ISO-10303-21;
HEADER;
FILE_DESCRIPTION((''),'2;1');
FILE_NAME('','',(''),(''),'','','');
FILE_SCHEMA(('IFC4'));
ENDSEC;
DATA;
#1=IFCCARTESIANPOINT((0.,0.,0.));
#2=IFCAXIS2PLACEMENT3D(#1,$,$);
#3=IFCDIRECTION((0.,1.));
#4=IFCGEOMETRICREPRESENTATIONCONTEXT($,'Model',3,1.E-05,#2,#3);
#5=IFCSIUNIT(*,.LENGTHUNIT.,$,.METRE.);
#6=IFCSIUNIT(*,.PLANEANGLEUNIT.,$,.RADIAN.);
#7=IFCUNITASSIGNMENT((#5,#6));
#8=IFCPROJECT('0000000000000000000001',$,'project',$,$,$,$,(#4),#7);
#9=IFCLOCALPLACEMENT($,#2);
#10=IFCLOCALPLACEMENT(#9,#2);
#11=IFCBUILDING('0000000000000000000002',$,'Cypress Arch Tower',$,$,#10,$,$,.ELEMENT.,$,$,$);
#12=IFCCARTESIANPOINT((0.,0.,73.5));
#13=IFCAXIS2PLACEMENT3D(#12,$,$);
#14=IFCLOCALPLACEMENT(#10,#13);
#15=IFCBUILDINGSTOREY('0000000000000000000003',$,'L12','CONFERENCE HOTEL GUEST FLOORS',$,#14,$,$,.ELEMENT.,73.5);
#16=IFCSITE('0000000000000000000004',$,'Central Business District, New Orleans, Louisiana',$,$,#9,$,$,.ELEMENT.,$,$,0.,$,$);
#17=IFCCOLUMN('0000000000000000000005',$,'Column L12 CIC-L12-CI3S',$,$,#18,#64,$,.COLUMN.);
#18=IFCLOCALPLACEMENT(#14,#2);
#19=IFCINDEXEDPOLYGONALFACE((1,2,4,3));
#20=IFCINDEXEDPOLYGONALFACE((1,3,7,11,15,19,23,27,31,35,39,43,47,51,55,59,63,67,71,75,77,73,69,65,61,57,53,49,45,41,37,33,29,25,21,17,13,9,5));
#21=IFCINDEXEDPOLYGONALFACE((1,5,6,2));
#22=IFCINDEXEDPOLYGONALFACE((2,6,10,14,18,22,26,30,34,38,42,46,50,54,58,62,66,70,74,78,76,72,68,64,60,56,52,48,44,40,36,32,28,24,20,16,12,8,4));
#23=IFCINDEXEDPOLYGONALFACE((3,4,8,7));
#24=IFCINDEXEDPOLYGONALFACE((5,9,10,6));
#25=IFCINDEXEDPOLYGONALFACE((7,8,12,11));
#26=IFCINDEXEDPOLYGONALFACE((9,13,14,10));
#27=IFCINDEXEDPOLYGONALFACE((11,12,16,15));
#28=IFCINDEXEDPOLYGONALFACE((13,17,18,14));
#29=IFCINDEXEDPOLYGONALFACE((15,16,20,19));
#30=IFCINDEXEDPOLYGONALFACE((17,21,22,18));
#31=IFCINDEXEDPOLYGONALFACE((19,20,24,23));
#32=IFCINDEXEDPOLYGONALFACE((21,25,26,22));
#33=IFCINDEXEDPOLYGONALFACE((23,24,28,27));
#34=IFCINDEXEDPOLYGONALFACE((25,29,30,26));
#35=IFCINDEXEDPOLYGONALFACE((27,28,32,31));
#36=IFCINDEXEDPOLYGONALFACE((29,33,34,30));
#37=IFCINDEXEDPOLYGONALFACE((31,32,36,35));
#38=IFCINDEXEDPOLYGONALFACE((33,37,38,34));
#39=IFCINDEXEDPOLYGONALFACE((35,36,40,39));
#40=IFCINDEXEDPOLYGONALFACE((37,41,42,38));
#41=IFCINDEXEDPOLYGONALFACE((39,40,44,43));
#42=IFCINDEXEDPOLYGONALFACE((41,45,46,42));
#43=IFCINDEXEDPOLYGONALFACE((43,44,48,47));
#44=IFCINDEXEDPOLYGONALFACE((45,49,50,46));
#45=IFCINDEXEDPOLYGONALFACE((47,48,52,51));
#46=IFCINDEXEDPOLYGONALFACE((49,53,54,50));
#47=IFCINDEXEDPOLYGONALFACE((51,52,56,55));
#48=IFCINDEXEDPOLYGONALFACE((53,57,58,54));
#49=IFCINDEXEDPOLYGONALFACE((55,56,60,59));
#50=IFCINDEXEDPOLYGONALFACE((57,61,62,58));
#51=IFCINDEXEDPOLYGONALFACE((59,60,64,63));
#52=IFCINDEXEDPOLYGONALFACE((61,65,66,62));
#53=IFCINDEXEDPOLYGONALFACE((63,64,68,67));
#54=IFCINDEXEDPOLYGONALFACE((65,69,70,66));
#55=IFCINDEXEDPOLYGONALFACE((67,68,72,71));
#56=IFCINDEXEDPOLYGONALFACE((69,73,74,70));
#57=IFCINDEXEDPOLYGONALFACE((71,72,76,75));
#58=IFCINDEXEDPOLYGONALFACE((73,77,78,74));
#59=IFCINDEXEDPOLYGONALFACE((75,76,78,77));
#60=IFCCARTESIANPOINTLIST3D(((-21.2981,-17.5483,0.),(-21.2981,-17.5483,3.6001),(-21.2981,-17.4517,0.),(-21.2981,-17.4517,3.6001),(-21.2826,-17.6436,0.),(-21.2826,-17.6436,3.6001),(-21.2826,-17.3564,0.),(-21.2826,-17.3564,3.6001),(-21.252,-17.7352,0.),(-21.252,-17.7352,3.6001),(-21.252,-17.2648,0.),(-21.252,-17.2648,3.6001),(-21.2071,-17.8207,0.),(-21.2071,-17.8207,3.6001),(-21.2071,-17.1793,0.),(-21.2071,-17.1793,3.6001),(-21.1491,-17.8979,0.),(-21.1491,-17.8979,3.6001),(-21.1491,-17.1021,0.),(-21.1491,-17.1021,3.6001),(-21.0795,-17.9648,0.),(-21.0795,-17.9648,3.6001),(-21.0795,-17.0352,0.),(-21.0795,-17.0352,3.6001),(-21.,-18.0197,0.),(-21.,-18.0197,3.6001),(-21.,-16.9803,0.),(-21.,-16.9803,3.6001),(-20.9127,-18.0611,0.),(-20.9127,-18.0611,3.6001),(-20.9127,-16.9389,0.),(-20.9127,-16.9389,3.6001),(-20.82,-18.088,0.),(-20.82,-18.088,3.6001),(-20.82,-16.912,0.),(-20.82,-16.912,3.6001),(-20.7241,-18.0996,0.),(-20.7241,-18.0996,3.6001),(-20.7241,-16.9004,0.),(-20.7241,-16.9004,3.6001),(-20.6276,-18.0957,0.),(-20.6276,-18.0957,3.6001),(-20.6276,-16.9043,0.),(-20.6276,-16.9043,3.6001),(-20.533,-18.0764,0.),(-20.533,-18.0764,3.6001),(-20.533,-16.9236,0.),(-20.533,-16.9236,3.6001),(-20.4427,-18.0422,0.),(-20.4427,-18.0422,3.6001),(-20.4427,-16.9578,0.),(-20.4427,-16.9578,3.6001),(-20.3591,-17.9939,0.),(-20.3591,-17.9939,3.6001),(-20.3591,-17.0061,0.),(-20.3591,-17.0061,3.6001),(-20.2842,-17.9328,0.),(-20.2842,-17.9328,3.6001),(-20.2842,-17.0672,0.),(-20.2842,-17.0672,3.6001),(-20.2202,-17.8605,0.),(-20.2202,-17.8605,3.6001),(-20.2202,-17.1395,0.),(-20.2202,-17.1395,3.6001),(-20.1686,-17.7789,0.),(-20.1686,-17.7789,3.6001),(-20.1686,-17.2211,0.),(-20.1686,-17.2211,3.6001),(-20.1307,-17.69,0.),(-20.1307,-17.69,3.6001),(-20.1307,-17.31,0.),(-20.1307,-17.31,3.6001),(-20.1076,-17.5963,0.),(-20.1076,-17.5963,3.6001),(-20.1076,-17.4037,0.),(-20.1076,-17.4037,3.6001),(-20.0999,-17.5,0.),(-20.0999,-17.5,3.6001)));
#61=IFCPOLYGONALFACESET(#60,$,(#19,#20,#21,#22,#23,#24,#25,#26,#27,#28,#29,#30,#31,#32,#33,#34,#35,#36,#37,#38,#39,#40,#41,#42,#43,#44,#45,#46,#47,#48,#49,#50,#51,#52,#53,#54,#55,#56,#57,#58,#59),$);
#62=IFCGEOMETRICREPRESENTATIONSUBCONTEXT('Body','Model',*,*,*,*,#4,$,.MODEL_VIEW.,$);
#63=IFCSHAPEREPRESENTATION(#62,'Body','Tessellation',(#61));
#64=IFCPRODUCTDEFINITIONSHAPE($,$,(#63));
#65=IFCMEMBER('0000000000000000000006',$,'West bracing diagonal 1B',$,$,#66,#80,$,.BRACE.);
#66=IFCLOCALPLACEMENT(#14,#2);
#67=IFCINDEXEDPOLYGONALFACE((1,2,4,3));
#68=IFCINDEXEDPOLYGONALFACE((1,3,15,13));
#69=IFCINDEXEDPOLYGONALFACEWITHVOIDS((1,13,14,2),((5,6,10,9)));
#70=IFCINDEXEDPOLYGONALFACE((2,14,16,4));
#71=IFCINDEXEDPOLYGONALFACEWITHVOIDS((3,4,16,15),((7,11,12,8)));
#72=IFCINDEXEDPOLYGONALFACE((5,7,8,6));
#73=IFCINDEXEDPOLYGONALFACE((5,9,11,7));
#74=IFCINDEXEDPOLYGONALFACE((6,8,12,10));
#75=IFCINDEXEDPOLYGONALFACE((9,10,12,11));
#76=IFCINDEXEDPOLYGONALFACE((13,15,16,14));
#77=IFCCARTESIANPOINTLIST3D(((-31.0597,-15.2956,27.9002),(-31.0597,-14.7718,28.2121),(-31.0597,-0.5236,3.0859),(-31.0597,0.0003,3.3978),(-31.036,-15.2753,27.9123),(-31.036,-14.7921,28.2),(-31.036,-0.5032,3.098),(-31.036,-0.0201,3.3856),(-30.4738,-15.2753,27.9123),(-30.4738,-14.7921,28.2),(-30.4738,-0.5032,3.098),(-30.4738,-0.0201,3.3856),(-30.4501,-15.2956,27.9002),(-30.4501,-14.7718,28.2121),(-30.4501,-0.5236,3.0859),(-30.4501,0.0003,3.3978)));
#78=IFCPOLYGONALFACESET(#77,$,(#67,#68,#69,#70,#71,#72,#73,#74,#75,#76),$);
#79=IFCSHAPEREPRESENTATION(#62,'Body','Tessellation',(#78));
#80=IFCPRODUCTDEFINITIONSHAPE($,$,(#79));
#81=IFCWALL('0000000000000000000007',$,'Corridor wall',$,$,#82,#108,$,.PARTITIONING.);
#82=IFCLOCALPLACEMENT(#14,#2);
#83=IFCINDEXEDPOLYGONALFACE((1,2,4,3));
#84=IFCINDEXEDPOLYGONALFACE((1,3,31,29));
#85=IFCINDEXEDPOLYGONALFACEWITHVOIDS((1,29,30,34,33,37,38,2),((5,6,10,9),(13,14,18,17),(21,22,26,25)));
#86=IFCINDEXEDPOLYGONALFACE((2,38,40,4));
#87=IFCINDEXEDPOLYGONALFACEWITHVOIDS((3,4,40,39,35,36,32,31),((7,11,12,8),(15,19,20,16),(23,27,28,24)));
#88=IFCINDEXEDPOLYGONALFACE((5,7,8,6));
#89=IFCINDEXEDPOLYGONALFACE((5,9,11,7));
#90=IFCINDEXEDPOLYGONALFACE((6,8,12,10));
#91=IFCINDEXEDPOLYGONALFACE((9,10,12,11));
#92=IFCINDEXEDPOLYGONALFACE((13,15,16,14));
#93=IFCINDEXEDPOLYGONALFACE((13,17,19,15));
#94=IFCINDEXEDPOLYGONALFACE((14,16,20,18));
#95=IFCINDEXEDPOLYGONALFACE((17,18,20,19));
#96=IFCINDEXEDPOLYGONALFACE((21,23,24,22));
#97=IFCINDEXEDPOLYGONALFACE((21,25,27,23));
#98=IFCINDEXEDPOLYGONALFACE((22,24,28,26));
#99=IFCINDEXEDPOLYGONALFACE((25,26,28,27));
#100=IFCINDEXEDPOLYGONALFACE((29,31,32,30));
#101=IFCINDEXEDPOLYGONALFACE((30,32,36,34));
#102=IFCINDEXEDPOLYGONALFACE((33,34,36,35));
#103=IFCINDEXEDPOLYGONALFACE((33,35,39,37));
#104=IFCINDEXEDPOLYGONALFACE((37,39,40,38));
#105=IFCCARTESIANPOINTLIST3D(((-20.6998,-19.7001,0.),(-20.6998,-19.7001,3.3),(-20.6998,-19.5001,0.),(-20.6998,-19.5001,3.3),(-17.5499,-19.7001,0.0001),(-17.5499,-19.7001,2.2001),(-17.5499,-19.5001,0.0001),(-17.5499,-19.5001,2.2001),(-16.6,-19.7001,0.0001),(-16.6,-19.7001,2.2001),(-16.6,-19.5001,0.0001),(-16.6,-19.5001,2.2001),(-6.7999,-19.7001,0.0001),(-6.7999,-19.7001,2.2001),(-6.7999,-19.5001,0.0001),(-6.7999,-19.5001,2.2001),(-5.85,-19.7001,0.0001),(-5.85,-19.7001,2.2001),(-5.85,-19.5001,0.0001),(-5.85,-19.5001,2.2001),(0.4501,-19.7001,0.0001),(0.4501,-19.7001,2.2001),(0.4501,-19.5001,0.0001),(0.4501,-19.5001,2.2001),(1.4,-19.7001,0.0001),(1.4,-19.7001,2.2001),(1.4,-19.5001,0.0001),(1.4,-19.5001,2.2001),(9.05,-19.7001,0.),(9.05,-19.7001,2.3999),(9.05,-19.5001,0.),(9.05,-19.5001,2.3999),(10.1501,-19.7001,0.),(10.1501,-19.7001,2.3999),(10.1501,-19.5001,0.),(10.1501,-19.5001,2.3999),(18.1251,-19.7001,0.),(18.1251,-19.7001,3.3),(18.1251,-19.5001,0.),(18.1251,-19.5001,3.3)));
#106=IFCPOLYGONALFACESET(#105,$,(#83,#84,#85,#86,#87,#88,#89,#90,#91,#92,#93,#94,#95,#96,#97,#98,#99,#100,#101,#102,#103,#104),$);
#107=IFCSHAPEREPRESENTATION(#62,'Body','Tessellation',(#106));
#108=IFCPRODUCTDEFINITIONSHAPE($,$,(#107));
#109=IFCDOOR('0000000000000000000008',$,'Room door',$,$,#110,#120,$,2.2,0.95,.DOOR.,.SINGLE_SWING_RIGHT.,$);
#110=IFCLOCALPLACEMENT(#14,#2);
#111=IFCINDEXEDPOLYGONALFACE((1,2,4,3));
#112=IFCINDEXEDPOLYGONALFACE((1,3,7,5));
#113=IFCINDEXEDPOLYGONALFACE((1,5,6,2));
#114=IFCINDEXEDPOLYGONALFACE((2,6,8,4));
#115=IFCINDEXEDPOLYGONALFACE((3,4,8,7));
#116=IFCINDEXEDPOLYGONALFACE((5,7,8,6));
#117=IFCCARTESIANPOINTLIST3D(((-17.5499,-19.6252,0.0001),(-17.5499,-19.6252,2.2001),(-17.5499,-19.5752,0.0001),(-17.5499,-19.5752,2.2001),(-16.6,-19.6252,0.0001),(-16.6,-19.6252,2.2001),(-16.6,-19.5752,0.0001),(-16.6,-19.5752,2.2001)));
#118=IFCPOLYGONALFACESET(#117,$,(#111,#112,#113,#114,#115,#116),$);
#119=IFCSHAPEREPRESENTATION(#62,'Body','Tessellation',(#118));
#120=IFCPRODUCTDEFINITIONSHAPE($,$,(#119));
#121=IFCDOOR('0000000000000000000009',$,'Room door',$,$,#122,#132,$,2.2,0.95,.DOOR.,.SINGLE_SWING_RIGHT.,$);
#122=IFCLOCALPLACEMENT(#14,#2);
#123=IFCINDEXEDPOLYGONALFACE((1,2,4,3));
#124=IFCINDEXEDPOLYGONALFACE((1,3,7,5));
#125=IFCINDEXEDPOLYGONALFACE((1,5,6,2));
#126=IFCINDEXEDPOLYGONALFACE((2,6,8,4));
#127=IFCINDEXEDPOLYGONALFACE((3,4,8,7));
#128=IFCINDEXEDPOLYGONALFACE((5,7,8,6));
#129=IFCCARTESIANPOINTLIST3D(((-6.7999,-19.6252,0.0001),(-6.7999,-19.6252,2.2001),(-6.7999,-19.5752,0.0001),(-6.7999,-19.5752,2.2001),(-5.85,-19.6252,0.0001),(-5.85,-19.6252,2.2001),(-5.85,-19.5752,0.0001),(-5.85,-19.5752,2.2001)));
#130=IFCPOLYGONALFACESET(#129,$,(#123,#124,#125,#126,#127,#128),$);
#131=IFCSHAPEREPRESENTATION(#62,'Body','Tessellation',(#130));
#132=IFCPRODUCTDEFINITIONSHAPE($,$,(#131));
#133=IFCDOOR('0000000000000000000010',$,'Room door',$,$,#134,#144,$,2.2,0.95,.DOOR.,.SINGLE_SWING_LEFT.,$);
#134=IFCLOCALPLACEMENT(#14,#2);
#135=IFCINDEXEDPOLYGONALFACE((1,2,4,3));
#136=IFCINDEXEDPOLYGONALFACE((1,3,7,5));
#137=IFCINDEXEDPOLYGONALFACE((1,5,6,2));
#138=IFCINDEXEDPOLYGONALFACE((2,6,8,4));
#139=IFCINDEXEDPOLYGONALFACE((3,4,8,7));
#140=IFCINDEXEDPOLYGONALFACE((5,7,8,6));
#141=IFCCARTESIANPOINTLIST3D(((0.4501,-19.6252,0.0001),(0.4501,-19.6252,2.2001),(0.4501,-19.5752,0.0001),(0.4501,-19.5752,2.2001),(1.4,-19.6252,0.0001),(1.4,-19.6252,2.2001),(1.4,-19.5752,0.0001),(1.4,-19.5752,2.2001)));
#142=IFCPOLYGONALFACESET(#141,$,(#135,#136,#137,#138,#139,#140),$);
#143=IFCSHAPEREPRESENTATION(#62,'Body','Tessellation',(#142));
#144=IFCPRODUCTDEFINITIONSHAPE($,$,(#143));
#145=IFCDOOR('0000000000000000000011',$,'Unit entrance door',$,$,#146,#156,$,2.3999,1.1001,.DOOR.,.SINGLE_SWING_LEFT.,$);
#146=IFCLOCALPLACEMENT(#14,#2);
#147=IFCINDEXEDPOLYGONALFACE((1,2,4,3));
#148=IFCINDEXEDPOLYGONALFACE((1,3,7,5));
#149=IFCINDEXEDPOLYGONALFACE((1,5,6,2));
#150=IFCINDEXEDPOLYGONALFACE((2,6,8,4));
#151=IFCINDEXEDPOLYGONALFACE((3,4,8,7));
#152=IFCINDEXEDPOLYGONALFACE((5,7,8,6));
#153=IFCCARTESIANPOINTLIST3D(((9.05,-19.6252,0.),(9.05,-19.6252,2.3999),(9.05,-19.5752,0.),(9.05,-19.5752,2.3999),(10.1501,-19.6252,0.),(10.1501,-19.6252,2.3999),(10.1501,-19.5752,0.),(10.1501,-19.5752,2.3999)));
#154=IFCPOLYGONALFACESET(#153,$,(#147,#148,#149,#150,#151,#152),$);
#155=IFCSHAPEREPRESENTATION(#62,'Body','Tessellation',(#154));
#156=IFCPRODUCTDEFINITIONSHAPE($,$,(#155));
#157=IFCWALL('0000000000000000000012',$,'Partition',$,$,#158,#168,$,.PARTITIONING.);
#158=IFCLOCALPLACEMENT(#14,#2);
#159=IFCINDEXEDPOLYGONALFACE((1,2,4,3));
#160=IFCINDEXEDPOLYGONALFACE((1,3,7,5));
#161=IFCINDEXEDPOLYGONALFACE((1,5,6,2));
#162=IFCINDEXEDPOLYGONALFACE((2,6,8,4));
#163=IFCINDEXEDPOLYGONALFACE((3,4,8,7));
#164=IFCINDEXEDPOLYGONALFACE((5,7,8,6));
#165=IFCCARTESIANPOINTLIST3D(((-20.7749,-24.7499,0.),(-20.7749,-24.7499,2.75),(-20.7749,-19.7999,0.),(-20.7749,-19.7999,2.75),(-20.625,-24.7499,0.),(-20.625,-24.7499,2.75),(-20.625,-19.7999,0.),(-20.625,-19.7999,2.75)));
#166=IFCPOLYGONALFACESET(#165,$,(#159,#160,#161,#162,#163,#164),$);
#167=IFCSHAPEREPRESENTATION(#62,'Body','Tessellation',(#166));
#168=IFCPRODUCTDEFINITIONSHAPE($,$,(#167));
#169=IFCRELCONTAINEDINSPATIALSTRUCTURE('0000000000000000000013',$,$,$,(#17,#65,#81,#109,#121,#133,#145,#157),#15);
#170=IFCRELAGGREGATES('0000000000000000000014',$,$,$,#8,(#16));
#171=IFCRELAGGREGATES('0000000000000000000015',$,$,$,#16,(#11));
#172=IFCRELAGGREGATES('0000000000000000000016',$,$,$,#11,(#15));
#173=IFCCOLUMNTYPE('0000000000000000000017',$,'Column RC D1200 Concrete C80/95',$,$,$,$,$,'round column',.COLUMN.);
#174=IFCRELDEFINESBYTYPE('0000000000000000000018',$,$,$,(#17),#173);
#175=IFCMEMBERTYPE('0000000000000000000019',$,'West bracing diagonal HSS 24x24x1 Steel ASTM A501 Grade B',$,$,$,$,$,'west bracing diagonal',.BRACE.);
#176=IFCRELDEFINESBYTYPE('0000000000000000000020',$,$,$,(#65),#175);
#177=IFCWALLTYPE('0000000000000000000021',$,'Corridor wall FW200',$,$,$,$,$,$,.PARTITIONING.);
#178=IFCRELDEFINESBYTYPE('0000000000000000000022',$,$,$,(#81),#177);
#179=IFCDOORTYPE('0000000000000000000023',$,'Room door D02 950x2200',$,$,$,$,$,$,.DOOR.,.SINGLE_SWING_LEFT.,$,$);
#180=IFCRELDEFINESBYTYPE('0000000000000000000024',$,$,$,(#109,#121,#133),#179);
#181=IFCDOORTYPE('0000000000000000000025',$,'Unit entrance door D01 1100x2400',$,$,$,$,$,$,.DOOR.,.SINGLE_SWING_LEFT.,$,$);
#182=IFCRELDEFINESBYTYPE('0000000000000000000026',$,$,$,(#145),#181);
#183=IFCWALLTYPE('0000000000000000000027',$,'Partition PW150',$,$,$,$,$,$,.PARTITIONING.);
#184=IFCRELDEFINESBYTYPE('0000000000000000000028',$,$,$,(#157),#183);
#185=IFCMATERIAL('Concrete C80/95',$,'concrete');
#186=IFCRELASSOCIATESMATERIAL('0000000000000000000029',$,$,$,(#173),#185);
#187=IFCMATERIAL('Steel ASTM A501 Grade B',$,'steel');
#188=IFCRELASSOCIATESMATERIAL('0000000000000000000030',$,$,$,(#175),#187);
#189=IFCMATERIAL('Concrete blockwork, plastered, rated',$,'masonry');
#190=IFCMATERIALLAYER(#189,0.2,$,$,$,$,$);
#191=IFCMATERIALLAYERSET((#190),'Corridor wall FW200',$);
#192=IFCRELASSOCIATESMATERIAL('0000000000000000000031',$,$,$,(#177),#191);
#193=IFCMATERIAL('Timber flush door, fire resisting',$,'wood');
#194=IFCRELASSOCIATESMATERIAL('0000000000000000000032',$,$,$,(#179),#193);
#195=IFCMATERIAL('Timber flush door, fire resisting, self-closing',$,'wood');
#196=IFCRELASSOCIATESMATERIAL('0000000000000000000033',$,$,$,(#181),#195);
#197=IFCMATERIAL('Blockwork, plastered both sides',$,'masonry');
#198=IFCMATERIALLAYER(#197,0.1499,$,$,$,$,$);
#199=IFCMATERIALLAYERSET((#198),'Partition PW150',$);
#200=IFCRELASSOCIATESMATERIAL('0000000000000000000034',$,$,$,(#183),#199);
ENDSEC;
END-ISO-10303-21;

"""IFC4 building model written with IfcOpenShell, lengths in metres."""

from ifc_helpers import new_model, si_unit, direction, frame, frame_2d, origin, origin_2d, place, context, subcontext, project, spatial, rectangle, hollow_rectangle, circle, extrude, material, layer, layer_set, material_profile, profile_set, type_object, element, fill, save


model = new_model("IFC4")

# Units and contexts
model_context = context("Model", 3, precision=1e-05, world=origin(), true_north=direction((0.0, 1.0)))
body_context = subcontext(model_context, "Body", "Model", "MODEL_VIEW")
ifc_project = project(units=[si_unit("LENGTHUNIT", "METRE"), si_unit("PLANEANGLEUNIT", "RADIAN")], contexts=[model_context])

# Site, building, storey
site_placement = place(None, origin())
site = spatial("IfcSite", under=ifc_project, at=site_placement, Name="Central Business District, New Orleans, Louisiana", CompositionType="ELEMENT", RefElevation=0.0)
building_placement = place(site_placement, origin())
building = spatial("IfcBuilding", under=site, at=building_placement, Name="Cypress Arch Tower", CompositionType="ELEMENT")
storey_placement = place(building_placement, frame((0.0, 0.0, 73.5)))
storey = spatial("IfcBuildingStorey", under=building, at=storey_placement, Name="L12", Description="CONFERENCE HOTEL GUEST FLOORS", CompositionType="ELEMENT", Elevation=73.5)

# Column
ifc_material_1 = material(Name="Concrete C80/95", Category="concrete")
ifc_material_profile_1 = material_profile(ifc_material_1, circle(Radius=0.6001, at=origin_2d()), Name="RC D1200")
ifc_profile_set_1 = profile_set([ifc_material_profile_1], Name="Concrete C80/95")
column_type = type_object("IfcColumnType", Name="Column RC D1200 Concrete C80/95", ElementType="round column", PredefinedType="COLUMN", material=ifc_profile_set_1)
column_placement = place(storey_placement, frame((-20.7, -17.5, 0.0), z_axis=(0.0, 0.0, 1.0), x_axis=(1.0, 0.0, 0.0)))
element("IfcColumn", 1, at=column_placement, inside=storey, type_object=column_type, Name="Column L12 CIC-L12-CI3S", PredefinedType="COLUMN", context=body_context, shape_type="SweptSolid", body=[
    extrude(circle(Radius=0.6001, at=origin_2d()), origin(), (0.0, 0.0, 1.0), 3.6001),
])

# Member
ifc_material_2 = material(Name="Steel ASTM A501 Grade B", Category="steel")
ifc_material_profile_2 = material_profile(ifc_material_2, hollow_rectangle(XDim=0.6096, YDim=0.6096, WallThickness=0.0237, at=origin_2d()), Name="HSS 24x24x1")
ifc_profile_set_2 = profile_set([ifc_material_profile_2], Name="Steel ASTM A501 Grade B")
member_type = type_object("IfcMemberType", Name="West bracing diagonal HSS 24x24x1 Steel ASTM A501 Grade B", ElementType="west bracing diagonal", PredefinedType="BRACE", material=ifc_profile_set_2)
member_placement = place(storey_placement, frame((-30.7549, -15.0337, 28.0562), z_axis=(0.0, 0.511525, -0.859268), x_axis=(-1.0, 0.0, 0.0)))
element("IfcMember", 2, at=member_placement, inside=storey, type_object=member_type, Name="West bracing diagonal 1B", PredefinedType="BRACE", context=body_context, shape_type="SweptSolid", body=[
    extrude(hollow_rectangle(XDim=0.6096, YDim=0.6096, WallThickness=0.0237, at=origin_2d()), origin(), (0.0, 0.0, 1.0), 28.8784),
])

# Wall, openings, doors
ifc_material_3 = material(Name="Concrete blockwork, plastered, rated", Category="masonry")
ifc_layer_1 = layer(ifc_material_3, 0.2)
ifc_layer_set_1 = layer_set([ifc_layer_1], Name="Corridor wall FW200")
wall_type_1 = type_object("IfcWallType", Name="Corridor wall FW200", PredefinedType="PARTITIONING", material=ifc_layer_set_1)
wall_1_placement = place(storey_placement, frame((-20.7, -19.6001, 0.0), z_axis=(0.0, 0.0, 1.0), x_axis=(1.0, 0.0, 0.0)))
wall_1 = element("IfcWall", 3, at=wall_1_placement, inside=storey, type_object=wall_type_1, Name="Corridor wall", PredefinedType="PARTITIONING", context=body_context, shape_type="SweptSolid", body=[
    extrude(rectangle(XDim=38.825, YDim=0.2, at=frame_2d((19.4126, 0.0))), origin(), (0.0, 0.0, 1.0), 3.3),
])
opening_1_placement = place(wall_1_placement, frame((3.1499, 0.0, 0.0)))
opening_1 = element("IfcOpeningElement", 4, at=opening_1_placement, cuts=wall_1, PredefinedType="OPENING", context=body_context, shape_type="SweptSolid", body=[
    extrude(rectangle(XDim=0.95, YDim=2.2, at=frame_2d((0.4751, 1.1001))), frame((0.0, 0.1099, 0.0), z_axis=(0.0, -1.0, 0.0), x_axis=(1.0, 0.0, 0.0)), (0.0, 0.0, 1.0), 0.22),
])
opening_2_placement = place(wall_1_placement, frame((13.8999, 0.0, 0.0)))
opening_2 = element("IfcOpeningElement", 5, at=opening_2_placement, cuts=wall_1, PredefinedType="OPENING", context=body_context, shape_type="SweptSolid", body=[
    extrude(rectangle(XDim=0.95, YDim=2.2, at=frame_2d((0.4751, 1.1001))), frame((0.0, 0.1099, 0.0), z_axis=(0.0, -1.0, 0.0), x_axis=(1.0, 0.0, 0.0)), (0.0, 0.0, 1.0), 0.22),
])
opening_3_placement = place(wall_1_placement, frame((21.1499, 0.0, 0.0)))
opening_3 = element("IfcOpeningElement", 6, at=opening_3_placement, cuts=wall_1, PredefinedType="OPENING", context=body_context, shape_type="SweptSolid", body=[
    extrude(rectangle(XDim=0.95, YDim=2.2, at=frame_2d((0.4751, 1.1001))), frame((0.0, 0.1099, 0.0), z_axis=(0.0, -1.0, 0.0), x_axis=(1.0, 0.0, 0.0)), (0.0, 0.0, 1.0), 0.22),
])
opening_4_placement = place(wall_1_placement, frame((29.75, 0.0, 0.0)))
opening_4 = element("IfcOpeningElement", 7, at=opening_4_placement, cuts=wall_1, PredefinedType="OPENING", context=body_context, shape_type="SweptSolid", body=[
    extrude(rectangle(XDim=1.1001, YDim=2.3999, at=frame_2d((0.55, 1.2))), frame((0.0, 0.1099, 0.0), z_axis=(0.0, -1.0, 0.0), x_axis=(1.0, 0.0, 0.0)), (0.0, 0.0, 1.0), 0.22),
])
ifc_material_4 = material(Name="Timber flush door, fire resisting", Category="wood")
door_type_1 = type_object("IfcDoorType", Name="Room door D02 950x2200", OperationType="SINGLE_SWING_LEFT", PredefinedType="DOOR", material=ifc_material_4)
door_1_placement = place(opening_1_placement, origin())
door_1 = element("IfcDoor", 8, at=door_1_placement, inside=storey, type_object=door_type_1, Name="Room door", OperationType="SINGLE_SWING_RIGHT", OverallHeight=2.2, OverallWidth=0.95, PredefinedType="DOOR", context=body_context, shape_type="SweptSolid", body=[
    extrude(rectangle(XDim=0.95, YDim=2.2, at=frame_2d((0.4751, 1.1001))), frame((0.0, 0.0249, 0.0), z_axis=(0.0, -1.0, 0.0), x_axis=(1.0, 0.0, 0.0)), (0.0, 0.0, 1.0), 0.05),
])
fill(opening_1, door_1)
door_2_placement = place(opening_2_placement, origin())
door_2 = element("IfcDoor", 9, at=door_2_placement, inside=storey, type_object=door_type_1, Name="Room door", OperationType="SINGLE_SWING_RIGHT", OverallHeight=2.2, OverallWidth=0.95, PredefinedType="DOOR", context=body_context, shape_type="SweptSolid", body=[
    extrude(rectangle(XDim=0.95, YDim=2.2, at=frame_2d((0.4751, 1.1001))), frame((0.0, 0.0249, 0.0), z_axis=(0.0, -1.0, 0.0), x_axis=(1.0, 0.0, 0.0)), (0.0, 0.0, 1.0), 0.05),
])
fill(opening_2, door_2)
door_3_placement = place(opening_3_placement, origin())
door_3 = element("IfcDoor", 10, at=door_3_placement, inside=storey, type_object=door_type_1, Name="Room door", OperationType="SINGLE_SWING_LEFT", OverallHeight=2.2, OverallWidth=0.95, PredefinedType="DOOR", context=body_context, shape_type="SweptSolid", body=[
    extrude(rectangle(XDim=0.95, YDim=2.2, at=frame_2d((0.4751, 1.1001))), frame((0.0, 0.0249, 0.0), z_axis=(0.0, -1.0, 0.0), x_axis=(1.0, 0.0, 0.0)), (0.0, 0.0, 1.0), 0.05),
])
fill(opening_3, door_3)
ifc_material_5 = material(Name="Timber flush door, fire resisting, self-closing", Category="wood")
door_type_2 = type_object("IfcDoorType", Name="Unit entrance door D01 1100x2400", OperationType="SINGLE_SWING_LEFT", PredefinedType="DOOR", material=ifc_material_5)
door_4_placement = place(opening_4_placement, origin())
door_4 = element("IfcDoor", 11, at=door_4_placement, inside=storey, type_object=door_type_2, Name="Unit entrance door", OperationType="SINGLE_SWING_LEFT", OverallHeight=2.3999, OverallWidth=1.1001, PredefinedType="DOOR", context=body_context, shape_type="SweptSolid", body=[
    extrude(rectangle(XDim=1.1001, YDim=2.3999, at=frame_2d((0.55, 1.2))), frame((0.0, 0.0249, 0.0), z_axis=(0.0, -1.0, 0.0), x_axis=(1.0, 0.0, 0.0)), (0.0, 0.0, 1.0), 0.05),
])
fill(opening_4, door_4)

# Wall
ifc_material_6 = material(Name="Blockwork, plastered both sides", Category="masonry")
ifc_layer_2 = layer(ifc_material_6, 0.1499)
ifc_layer_set_2 = layer_set([ifc_layer_2], Name="Partition PW150")
wall_type_2 = type_object("IfcWallType", Name="Partition PW150", PredefinedType="PARTITIONING", material=ifc_layer_set_2)
wall_2_placement = place(storey_placement, frame((-20.7, -24.75, 0.0), z_axis=(0.0, 0.0, 1.0), x_axis=(0.0, 1.0, 0.0)))
element("IfcWall", 12, at=wall_2_placement, inside=storey, type_object=wall_type_2, Name="Partition", PredefinedType="PARTITIONING", context=body_context, shape_type="SweptSolid", body=[
    extrude(rectangle(XDim=4.95, YDim=0.1499, at=frame_2d((2.4751, 0.0))), origin(), (0.0, 0.0, 1.0), 2.75),
])

save(model, "model.ifc")
